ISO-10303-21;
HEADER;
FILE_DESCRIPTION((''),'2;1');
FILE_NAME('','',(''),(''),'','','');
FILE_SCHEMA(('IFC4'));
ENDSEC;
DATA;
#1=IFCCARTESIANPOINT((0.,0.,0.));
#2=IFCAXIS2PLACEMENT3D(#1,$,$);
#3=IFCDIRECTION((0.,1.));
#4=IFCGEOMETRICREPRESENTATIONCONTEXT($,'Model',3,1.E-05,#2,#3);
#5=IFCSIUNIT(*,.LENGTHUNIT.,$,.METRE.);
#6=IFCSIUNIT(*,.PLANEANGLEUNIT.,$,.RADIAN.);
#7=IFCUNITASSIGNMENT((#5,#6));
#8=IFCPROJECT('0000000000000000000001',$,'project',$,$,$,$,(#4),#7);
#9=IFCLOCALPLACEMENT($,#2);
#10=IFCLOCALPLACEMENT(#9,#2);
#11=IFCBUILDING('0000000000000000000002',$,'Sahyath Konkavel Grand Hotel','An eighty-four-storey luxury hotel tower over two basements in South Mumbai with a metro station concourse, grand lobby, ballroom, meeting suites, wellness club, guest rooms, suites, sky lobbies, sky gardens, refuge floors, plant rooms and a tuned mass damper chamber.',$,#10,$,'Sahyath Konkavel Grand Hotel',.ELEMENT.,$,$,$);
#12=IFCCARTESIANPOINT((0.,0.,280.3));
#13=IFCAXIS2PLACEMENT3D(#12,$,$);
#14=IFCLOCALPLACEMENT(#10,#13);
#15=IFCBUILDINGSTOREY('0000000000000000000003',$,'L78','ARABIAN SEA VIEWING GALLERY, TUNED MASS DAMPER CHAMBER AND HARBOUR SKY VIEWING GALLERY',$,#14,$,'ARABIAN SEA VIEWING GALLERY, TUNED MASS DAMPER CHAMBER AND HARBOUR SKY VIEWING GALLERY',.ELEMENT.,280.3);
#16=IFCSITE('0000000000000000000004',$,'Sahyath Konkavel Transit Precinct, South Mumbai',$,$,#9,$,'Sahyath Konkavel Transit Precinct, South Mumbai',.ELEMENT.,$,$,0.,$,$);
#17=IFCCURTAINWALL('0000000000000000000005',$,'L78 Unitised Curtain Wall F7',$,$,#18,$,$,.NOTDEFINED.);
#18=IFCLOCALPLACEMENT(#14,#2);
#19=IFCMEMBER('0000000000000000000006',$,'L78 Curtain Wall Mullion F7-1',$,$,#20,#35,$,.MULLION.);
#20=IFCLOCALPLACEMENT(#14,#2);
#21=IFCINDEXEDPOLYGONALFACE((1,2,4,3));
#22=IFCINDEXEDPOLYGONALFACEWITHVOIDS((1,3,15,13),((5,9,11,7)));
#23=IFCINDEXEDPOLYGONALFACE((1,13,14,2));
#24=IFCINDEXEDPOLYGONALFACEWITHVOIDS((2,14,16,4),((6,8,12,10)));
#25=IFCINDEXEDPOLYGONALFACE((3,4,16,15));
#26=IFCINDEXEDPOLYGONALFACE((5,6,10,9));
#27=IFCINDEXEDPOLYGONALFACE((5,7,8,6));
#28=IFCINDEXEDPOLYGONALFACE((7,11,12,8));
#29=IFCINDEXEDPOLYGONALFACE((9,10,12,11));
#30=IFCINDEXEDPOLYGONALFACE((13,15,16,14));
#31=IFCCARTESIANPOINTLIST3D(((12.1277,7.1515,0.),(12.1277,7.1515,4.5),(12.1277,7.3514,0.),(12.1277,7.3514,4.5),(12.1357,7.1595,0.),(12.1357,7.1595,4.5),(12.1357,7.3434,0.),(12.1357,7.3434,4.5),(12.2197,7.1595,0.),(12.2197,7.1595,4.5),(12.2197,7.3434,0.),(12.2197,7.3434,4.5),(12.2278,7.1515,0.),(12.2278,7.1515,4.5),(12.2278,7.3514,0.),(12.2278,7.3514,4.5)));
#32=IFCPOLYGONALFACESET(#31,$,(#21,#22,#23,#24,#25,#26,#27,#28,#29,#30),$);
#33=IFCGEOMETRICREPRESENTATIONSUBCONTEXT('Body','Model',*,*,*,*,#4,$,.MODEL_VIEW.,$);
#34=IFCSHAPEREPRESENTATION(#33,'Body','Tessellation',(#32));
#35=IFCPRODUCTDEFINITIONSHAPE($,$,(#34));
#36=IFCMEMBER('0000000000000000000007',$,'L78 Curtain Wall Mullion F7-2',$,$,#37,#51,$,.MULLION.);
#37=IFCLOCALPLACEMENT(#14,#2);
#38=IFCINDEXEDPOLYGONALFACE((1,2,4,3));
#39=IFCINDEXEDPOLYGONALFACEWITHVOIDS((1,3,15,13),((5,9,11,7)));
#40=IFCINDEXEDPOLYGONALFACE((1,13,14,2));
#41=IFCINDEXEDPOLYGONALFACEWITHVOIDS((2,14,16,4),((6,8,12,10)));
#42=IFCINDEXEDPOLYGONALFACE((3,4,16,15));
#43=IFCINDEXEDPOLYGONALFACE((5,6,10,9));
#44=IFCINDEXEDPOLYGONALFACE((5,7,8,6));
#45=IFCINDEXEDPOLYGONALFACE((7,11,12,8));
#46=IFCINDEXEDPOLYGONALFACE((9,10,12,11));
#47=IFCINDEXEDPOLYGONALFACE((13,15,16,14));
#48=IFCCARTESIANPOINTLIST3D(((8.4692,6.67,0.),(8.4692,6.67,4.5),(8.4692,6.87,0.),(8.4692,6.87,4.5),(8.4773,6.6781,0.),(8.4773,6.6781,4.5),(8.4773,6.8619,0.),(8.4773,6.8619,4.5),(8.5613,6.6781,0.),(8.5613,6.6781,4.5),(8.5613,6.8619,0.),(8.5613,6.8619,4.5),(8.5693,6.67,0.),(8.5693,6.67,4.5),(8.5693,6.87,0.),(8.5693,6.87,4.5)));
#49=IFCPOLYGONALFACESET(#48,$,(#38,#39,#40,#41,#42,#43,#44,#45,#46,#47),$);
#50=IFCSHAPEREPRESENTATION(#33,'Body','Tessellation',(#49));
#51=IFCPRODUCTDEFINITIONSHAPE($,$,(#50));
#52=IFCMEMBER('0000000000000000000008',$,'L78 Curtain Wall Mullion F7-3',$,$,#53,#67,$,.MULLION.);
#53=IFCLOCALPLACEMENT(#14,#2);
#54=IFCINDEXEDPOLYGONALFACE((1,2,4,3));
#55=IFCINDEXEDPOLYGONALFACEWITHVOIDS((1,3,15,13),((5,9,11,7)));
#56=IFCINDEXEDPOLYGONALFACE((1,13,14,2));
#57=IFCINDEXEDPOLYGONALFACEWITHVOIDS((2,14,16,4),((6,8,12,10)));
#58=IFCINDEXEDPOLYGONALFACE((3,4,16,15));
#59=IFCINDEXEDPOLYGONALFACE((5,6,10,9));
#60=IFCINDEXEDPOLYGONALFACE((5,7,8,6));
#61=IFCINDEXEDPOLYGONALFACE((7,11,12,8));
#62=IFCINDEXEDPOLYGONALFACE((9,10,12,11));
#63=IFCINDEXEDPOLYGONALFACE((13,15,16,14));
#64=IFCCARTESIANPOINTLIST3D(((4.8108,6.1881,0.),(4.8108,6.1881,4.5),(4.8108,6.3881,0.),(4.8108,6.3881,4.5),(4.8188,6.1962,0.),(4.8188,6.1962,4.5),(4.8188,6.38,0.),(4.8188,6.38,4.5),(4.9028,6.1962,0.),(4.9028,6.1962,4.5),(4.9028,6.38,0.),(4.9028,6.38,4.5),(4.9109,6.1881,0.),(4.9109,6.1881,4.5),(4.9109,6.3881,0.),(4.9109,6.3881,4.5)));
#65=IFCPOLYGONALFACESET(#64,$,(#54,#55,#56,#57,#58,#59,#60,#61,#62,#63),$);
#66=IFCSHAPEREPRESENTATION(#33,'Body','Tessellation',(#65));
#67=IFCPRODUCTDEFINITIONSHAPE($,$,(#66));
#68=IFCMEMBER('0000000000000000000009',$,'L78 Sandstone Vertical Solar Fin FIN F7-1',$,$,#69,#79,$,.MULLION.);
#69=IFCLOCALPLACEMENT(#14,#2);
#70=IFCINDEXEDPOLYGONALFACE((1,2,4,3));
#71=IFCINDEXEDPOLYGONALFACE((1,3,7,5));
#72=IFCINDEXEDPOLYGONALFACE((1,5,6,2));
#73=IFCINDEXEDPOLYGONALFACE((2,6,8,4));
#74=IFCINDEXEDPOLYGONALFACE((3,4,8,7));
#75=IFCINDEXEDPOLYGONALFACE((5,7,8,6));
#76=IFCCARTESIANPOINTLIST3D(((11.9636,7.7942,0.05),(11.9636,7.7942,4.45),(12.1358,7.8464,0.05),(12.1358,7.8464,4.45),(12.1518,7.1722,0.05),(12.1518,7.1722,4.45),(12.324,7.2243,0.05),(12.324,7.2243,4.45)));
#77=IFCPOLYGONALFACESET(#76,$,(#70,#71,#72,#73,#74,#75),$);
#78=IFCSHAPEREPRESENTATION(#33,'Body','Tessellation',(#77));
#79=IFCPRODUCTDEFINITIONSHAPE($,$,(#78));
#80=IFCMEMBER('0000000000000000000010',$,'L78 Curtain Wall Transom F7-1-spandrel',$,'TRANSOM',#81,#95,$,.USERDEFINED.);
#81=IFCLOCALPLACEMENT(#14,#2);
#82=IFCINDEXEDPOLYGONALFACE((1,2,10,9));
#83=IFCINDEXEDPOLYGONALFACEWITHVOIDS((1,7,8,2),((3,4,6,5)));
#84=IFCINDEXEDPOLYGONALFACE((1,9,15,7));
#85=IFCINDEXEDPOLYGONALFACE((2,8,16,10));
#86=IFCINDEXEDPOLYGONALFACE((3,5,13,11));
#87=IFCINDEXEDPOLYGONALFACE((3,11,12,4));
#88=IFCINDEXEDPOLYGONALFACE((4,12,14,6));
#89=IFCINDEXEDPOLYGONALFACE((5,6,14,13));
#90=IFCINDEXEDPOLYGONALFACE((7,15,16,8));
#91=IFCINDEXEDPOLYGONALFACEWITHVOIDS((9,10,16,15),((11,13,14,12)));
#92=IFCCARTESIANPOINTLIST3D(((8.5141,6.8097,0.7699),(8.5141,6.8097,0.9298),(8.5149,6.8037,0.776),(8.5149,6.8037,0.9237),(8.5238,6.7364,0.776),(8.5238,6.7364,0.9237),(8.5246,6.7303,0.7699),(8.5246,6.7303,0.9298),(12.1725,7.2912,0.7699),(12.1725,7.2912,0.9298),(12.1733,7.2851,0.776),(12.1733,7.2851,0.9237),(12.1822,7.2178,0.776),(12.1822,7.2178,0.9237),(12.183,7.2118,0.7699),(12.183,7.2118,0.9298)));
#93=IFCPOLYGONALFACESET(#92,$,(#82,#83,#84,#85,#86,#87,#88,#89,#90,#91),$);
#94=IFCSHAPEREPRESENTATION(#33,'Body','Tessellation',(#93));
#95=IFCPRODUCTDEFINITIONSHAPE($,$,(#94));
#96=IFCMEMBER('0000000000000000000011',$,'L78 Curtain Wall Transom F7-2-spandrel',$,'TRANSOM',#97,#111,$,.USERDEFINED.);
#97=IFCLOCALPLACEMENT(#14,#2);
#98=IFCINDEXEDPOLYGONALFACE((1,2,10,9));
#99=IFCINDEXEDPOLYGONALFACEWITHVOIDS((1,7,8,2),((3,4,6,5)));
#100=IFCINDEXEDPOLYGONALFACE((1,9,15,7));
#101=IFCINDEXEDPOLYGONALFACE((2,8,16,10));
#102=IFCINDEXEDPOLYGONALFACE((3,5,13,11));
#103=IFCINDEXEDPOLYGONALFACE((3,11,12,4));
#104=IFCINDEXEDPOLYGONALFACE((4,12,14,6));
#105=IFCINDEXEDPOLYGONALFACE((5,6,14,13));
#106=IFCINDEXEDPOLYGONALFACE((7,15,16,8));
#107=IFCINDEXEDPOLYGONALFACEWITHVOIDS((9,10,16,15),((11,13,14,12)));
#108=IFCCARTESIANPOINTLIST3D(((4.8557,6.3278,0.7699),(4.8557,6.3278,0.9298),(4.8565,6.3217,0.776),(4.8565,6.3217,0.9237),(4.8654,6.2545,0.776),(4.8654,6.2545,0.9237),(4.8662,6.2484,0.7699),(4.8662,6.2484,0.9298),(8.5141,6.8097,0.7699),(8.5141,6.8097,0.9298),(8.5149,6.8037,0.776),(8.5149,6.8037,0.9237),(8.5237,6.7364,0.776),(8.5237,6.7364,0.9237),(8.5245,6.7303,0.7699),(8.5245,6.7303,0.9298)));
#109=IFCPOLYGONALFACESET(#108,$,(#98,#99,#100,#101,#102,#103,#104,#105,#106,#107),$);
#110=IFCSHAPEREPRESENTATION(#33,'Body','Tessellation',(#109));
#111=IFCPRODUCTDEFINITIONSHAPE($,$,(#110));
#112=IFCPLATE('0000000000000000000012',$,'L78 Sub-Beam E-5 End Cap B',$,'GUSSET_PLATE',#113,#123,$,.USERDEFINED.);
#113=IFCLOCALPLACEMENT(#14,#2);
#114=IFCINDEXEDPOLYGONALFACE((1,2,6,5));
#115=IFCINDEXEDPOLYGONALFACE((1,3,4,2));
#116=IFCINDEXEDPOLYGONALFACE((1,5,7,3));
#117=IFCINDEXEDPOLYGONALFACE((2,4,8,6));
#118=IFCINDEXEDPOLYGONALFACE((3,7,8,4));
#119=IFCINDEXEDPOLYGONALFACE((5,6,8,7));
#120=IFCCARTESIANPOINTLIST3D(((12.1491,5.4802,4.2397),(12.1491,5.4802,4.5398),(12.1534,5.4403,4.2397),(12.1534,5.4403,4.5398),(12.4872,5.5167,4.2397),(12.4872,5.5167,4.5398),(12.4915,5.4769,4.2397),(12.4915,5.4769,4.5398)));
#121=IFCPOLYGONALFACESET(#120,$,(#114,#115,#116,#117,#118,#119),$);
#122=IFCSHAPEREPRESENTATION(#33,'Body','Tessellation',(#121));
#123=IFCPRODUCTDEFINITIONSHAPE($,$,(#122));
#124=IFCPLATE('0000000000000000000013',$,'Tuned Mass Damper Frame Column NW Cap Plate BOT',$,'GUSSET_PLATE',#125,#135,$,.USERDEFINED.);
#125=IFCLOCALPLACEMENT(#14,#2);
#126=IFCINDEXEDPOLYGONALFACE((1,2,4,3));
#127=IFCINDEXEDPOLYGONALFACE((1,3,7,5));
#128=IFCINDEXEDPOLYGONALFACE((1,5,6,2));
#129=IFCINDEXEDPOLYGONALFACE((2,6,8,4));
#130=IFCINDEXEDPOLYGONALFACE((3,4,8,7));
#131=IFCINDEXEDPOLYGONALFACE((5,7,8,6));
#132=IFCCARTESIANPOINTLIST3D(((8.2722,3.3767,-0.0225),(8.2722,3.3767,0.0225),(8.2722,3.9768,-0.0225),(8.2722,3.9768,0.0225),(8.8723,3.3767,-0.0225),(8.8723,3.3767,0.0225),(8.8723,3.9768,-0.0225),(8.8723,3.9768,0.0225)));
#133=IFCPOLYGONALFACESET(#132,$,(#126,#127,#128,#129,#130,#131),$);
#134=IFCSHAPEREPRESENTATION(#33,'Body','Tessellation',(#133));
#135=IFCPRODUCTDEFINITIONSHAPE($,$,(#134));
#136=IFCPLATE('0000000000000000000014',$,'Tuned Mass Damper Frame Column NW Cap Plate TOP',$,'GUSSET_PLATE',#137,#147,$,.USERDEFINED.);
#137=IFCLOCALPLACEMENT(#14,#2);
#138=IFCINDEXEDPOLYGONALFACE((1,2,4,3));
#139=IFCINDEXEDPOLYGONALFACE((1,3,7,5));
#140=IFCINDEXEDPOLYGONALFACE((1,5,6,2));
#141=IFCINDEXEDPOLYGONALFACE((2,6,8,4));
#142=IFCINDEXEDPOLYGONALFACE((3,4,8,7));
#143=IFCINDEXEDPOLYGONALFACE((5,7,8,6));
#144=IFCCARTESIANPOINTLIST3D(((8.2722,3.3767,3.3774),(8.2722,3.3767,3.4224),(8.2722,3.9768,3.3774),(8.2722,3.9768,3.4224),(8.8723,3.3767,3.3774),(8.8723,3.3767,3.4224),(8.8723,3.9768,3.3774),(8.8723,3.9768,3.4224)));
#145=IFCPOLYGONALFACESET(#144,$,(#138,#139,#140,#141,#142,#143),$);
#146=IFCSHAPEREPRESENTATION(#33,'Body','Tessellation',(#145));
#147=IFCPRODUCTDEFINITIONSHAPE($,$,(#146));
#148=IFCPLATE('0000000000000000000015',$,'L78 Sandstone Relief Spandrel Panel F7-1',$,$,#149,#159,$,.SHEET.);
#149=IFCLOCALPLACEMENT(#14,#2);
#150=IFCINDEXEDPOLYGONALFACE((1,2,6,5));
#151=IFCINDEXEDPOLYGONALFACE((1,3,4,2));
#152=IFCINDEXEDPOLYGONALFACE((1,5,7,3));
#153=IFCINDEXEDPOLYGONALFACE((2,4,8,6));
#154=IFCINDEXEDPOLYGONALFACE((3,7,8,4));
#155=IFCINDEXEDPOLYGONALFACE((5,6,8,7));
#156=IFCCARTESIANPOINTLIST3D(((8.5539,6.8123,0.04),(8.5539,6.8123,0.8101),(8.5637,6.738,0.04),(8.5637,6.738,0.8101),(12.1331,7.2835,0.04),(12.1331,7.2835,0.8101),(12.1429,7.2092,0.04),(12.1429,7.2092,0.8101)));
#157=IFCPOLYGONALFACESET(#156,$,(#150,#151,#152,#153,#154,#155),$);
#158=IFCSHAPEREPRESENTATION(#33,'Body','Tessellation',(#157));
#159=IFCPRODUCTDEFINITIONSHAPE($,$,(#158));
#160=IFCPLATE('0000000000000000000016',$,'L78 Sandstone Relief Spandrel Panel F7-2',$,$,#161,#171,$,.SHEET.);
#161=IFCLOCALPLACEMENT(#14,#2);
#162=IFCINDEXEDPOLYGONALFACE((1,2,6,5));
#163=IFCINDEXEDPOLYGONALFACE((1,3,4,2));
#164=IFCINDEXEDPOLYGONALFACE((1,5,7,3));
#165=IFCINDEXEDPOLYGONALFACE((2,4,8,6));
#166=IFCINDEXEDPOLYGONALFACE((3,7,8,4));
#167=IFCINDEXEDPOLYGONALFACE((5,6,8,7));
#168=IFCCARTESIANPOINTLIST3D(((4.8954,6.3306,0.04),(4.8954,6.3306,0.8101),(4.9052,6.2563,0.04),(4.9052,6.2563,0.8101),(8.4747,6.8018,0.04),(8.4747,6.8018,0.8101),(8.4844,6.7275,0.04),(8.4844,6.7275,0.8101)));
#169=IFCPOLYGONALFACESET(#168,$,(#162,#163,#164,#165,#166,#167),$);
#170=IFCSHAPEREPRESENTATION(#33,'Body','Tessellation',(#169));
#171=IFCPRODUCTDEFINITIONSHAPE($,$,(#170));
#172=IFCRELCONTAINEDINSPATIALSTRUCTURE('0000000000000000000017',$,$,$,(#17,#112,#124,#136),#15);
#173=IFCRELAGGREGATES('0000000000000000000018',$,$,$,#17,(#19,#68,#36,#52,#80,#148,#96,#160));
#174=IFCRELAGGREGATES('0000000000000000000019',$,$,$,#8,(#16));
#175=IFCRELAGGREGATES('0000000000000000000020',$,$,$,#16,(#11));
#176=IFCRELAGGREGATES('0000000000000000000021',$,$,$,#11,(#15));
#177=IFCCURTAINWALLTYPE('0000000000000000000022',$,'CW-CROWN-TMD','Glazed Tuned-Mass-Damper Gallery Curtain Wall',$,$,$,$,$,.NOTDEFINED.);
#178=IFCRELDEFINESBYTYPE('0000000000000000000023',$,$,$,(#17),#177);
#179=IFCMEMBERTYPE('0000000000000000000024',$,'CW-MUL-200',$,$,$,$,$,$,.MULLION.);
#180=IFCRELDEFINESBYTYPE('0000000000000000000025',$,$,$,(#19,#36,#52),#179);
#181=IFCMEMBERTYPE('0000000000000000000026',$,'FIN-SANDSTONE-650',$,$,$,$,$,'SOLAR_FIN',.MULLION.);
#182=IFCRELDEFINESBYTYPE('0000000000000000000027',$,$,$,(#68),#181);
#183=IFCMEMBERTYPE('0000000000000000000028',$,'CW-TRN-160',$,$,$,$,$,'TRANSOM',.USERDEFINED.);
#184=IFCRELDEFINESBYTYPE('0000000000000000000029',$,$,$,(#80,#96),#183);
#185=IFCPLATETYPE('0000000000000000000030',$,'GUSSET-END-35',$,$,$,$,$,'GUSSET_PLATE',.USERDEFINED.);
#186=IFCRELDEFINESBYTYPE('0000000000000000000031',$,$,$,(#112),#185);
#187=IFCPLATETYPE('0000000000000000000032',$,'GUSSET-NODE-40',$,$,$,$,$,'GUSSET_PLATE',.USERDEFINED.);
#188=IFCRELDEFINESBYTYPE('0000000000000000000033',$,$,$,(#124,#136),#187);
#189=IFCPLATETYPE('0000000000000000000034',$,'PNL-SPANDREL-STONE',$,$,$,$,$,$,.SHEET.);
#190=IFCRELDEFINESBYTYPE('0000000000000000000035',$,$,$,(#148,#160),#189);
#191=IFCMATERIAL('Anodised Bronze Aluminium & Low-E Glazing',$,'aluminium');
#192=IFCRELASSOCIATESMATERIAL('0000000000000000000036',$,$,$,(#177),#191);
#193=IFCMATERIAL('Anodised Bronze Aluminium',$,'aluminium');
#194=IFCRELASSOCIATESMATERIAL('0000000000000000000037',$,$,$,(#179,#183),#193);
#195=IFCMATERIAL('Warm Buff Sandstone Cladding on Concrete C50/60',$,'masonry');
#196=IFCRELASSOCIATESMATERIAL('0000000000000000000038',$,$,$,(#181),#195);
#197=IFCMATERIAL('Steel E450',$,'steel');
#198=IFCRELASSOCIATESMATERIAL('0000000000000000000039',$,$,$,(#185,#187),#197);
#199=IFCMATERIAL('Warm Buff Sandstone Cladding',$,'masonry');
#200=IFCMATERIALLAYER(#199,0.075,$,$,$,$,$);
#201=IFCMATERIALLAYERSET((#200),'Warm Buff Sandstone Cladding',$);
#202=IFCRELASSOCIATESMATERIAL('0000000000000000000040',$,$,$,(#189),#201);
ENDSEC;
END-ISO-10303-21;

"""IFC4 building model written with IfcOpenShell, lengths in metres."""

from ifc_helpers import new_model, si_unit, direction, frame, origin, origin_2d, place, context, subcontext, project, spatial, rectangle, hollow_rectangle, extrude, source, transform, mapped, material, layer, layer_set, material_profile, profile_set, type_object, element, aggregate, save


model = new_model("IFC4")

# Units and contexts
model_context = context("Model", 3, precision=1e-05, world=origin(), true_north=direction((0.0, 1.0)))
body_context = subcontext(model_context, "Body", "Model", "MODEL_VIEW")
ifc_project = project(units=[si_unit("LENGTHUNIT", "METRE"), si_unit("PLANEANGLEUNIT", "RADIAN")], contexts=[model_context])

# Site, building, storey
site_placement = place(None, origin())
site = spatial("IfcSite", under=ifc_project, at=site_placement, Name="Sahyath Konkavel Transit Precinct, South Mumbai", LongName="Sahyath Konkavel Transit Precinct, South Mumbai", CompositionType="ELEMENT", RefElevation=0.0)
building_placement = place(site_placement, origin())
building = spatial("IfcBuilding", under=site, at=building_placement, Name="Sahyath Konkavel Grand Hotel", Description="An eighty-four-storey luxury hotel tower over two basements in South Mumbai with a metro station concourse, grand lobby, ballroom, meeting suites, wellness club, guest rooms, suites, sky lobbies, sky gardens, refuge floors, plant rooms and a tuned mass damper chamber.", LongName="Sahyath Konkavel Grand Hotel", CompositionType="ELEMENT")
storey_placement = place(building_placement, frame((0.0, 0.0, 280.3)))
storey = spatial("IfcBuildingStorey", under=building, at=storey_placement, Name="L78", Description="ARABIAN SEA VIEWING GALLERY, TUNED MASS DAMPER CHAMBER AND HARBOUR SKY VIEWING GALLERY", LongName="ARABIAN SEA VIEWING GALLERY, TUNED MASS DAMPER CHAMBER AND HARBOUR SKY VIEWING GALLERY", CompositionType="ELEMENT", Elevation=280.3)

# Curtain wall, members
ifc_material_1 = material(Name="Anodised Bronze Aluminium & Low-E Glazing", Category="aluminium")
curtain_wall_type = type_object("IfcCurtainWallType", Name="CW-CROWN-TMD", Description="Glazed Tuned-Mass-Damper Gallery Curtain Wall", PredefinedType="NOTDEFINED", material=ifc_material_1)
curtain_wall_placement = place(storey_placement, origin())
curtain_wall = element("IfcCurtainWall", 1, at=curtain_wall_placement, inside=storey, type_object=curtain_wall_type, Name="L78 Unitised Curtain Wall F7", PredefinedType="NOTDEFINED")
ifc_material_2 = material(Name="Anodised Bronze Aluminium", Category="aluminium")
ifc_material_profile_1 = material_profile(ifc_material_2, hollow_rectangle(XDim=0.1001, YDim=0.2, WallThickness=0.0081, at=origin_2d()), Name="RHS 200x100x8")
ifc_profile_set_1 = profile_set([ifc_material_profile_1], Name="Anodised Bronze Aluminium")
member_type_1 = type_object("IfcMemberType", Name="CW-MUL-200", PredefinedType="MULLION", material=ifc_profile_set_1)
shared_shape_1 = source(origin(), body_context, "Body", "SweptSolid", [
    extrude(hollow_rectangle(XDim=0.1001, YDim=0.2, WallThickness=0.0081, at=origin_2d()), origin(), (0.0, 0.0, 1.0), 4.5),
])
member_1_placement = place(storey_placement, frame((12.1777, 7.2515, 0.0), z_axis=(0.0, 0.0, 1.0), x_axis=(1.0, 0.0, 0.0)))
member_1 = element("IfcMember", 2, at=member_1_placement, type_object=member_type_1, Name="L78 Curtain Wall Mullion F7-1", PredefinedType="MULLION", context=body_context, shape_type="MappedRepresentation", body=[
    mapped(shared_shape_1, transform((0.0, 0.0, 0.0), scale=1.0)),
])
member_2_placement = place(storey_placement, frame((8.5193, 6.77, 0.0), z_axis=(0.0, 0.0, 1.0), x_axis=(1.0, 0.0, 0.0)))
member_2 = element("IfcMember", 3, at=member_2_placement, type_object=member_type_1, Name="L78 Curtain Wall Mullion F7-2", PredefinedType="MULLION", context=body_context, shape_type="MappedRepresentation", body=[
    mapped(shared_shape_1, transform((0.0, 0.0, 0.0), scale=1.0)),
])
member_3_placement = place(storey_placement, frame((4.8608, 6.2881, 0.0), z_axis=(0.0, 0.0, 1.0), x_axis=(1.0, 0.0, 0.0)))
member_3 = element("IfcMember", 4, at=member_3_placement, type_object=member_type_1, Name="L78 Curtain Wall Mullion F7-3", PredefinedType="MULLION", context=body_context, shape_type="MappedRepresentation", body=[
    mapped(shared_shape_1, transform((0.0, 0.0, 0.0), scale=1.0)),
])
ifc_material_3 = material(Name="Warm Buff Sandstone Cladding on Concrete C50/60", Category="masonry")
ifc_material_profile_2 = material_profile(ifc_material_3, rectangle(XDim=0.1799, YDim=0.6499, at=origin_2d()), Name="FIN 180x650")
ifc_profile_set_2 = profile_set([ifc_material_profile_2], Name="Warm Buff Sandstone Cladding on Concrete C50/60")
member_type_2 = type_object("IfcMemberType", Name="FIN-SANDSTONE-650", ElementType="SOLAR_FIN", PredefinedType="MULLION", material=ifc_profile_set_2)
shared_shape_2 = source(origin(), body_context, "Body", "SweptSolid", [
    extrude(rectangle(XDim=0.1799, YDim=0.6499, at=origin_2d()), origin(), (0.0, 0.0, 1.0), 4.3999),
])
member_4_placement = place(storey_placement, frame((12.1438, 7.5093, 0.05), z_axis=(0.0, 0.0, 1.0), x_axis=(0.957117, 0.2897, 0.0)))
member_4 = element("IfcMember", 5, at=member_4_placement, type_object=member_type_2, Name="L78 Sandstone Vertical Solar Fin FIN F7-1", PredefinedType="MULLION", context=body_context, shape_type="MappedRepresentation", body=[
    mapped(shared_shape_2, transform((0.0, 0.0, 0.0), scale=1.0)),
])
ifc_material_profile_3 = material_profile(ifc_material_2, hollow_rectangle(XDim=0.0801, YDim=0.1599, WallThickness=0.0061, at=origin_2d()), Name="RHS 160x80x6")
ifc_profile_set_3 = profile_set([ifc_material_profile_3], Name="Anodised Bronze Aluminium")
member_type_3 = type_object("IfcMemberType", Name="CW-TRN-160", ElementType="TRANSOM", PredefinedType="USERDEFINED", material=ifc_profile_set_3)
shared_shape_3 = source(origin(), body_context, "Body", "SweptSolid", [
    extrude(hollow_rectangle(XDim=0.0801, YDim=0.1599, WallThickness=0.0061, at=origin_2d()), origin(), (0.0, 0.0, 1.0), 3.6899),
])
member_5_placement = place(storey_placement, frame((12.1777, 7.2515, 0.8499), z_axis=(-0.991452, -0.130473, 0.0), x_axis=(0.130473, -0.991452, 0.0)))
member_5 = element("IfcMember", 6, at=member_5_placement, type_object=member_type_3, Name="L78 Curtain Wall Transom F7-1-spandrel", ObjectType="TRANSOM", PredefinedType="USERDEFINED", context=body_context, shape_type="MappedRepresentation", body=[
    mapped(shared_shape_3, transform((0.0, 0.0, 0.0), scale=1.0)),
])
member_6_placement = place(storey_placement, frame((8.5193, 6.77, 0.8499), z_axis=(-0.991435, -0.130603, 0.0), x_axis=(0.130603, -0.991435, 0.0)))
member_6 = element("IfcMember", 7, at=member_6_placement, type_object=member_type_3, Name="L78 Curtain Wall Transom F7-2-spandrel", ObjectType="TRANSOM", PredefinedType="USERDEFINED", context=body_context, shape_type="MappedRepresentation", body=[
    mapped(shared_shape_3, transform((0.0, 0.0, 0.0), scale=1.0)),
])

# Plates
ifc_material_4 = material(Name="Steel E450", Category="steel")
plate_type_1 = type_object("IfcPlateType", Name="GUSSET-END-35", ElementType="GUSSET_PLATE", PredefinedType="USERDEFINED", material=ifc_material_4)
shared_shape_4 = source(origin(), body_context, "Body", "SweptSolid", [
    extrude(rectangle(XDim=0.04, YDim=0.3401, at=origin_2d()), origin(), (0.0, 0.0, 1.0), 0.3),
])
plate_1_placement = place(storey_placement, frame((12.3203, 5.4785, 4.2397), z_axis=(0.0, 0.0, 1.0), x_axis=(-0.107427, 0.994213, 0.0)))
element("IfcPlate", 8, at=plate_1_placement, inside=storey, type_object=plate_type_1, Name="L78 Sub-Beam E-5 End Cap B", ObjectType="GUSSET_PLATE", PredefinedType="USERDEFINED", context=body_context, shape_type="MappedRepresentation", body=[
    mapped(shared_shape_4, transform((0.0, 0.0, 0.0), scale=1.0)),
])
plate_type_2 = type_object("IfcPlateType", Name="GUSSET-NODE-40", ElementType="GUSSET_PLATE", PredefinedType="USERDEFINED", material=ifc_material_4)
shared_shape_5 = source(origin(), body_context, "Body", "SweptSolid", [
    extrude(rectangle(XDim=0.6001, YDim=0.6001, at=origin_2d()), origin(), (0.0, 0.0, 1.0), 0.0449),
])
for number, where, z_axis, x_axis, name in (
    (9, (8.5723, 3.6768, -0.0225), (0.0, 0.0, 1.0), (1.0, 0.0, 0.0), "Tuned Mass Damper Frame Column NW Cap Plate BOT"),
    (10, (8.5723, 3.6768, 3.3774), (0.0, 0.0, 1.0), (1.0, 0.0, 0.0), "Tuned Mass Damper Frame Column NW Cap Plate TOP"),
):
    element("IfcPlate", number, at=place(storey_placement, frame(where, z_axis=z_axis, x_axis=x_axis)), inside=storey, type_object=plate_type_2, Name=name, ObjectType="GUSSET_PLATE", PredefinedType="USERDEFINED", context=body_context, shape_type="MappedRepresentation", body=[
        mapped(shared_shape_5, transform((0.0, 0.0, 0.0), scale=1.0)),
    ])

# Plates
ifc_material_5 = material(Name="Warm Buff Sandstone Cladding", Category="masonry")
ifc_layer_1 = layer(ifc_material_5, 0.075)
ifc_layer_set_1 = layer_set([ifc_layer_1], Name="Warm Buff Sandstone Cladding")
plate_type_3 = type_object("IfcPlateType", Name="PNL-SPANDREL-STONE", PredefinedType="SHEET", material=ifc_layer_set_1)
shared_shape_6 = source(origin(), body_context, "Body", "SweptSolid", [
    extrude(rectangle(XDim=3.6101, YDim=0.075, at=origin_2d()), origin(), (0.0, 0.0, 1.0), 0.77),
])
plate_2_placement = place(storey_placement, frame((10.3484, 7.0107, 0.04), z_axis=(0.0, 0.0, 1.0), x_axis=(-0.991445, -0.130526, 0.0)))
plate_2 = element("IfcPlate", 11, at=plate_2_placement, type_object=plate_type_3, Name="L78 Sandstone Relief Spandrel Panel F7-1", PredefinedType="SHEET", context=body_context, shape_type="MappedRepresentation", body=[
    mapped(shared_shape_6, transform((0.0, 0.0, 0.0), scale=1.0)),
])
plate_3_placement = place(storey_placement, frame((6.6899, 6.5291, 0.04), z_axis=(0.0, 0.0, 1.0), x_axis=(-0.991445, -0.130526, 0.0)))
plate_3 = element("IfcPlate", 12, at=plate_3_placement, type_object=plate_type_3, Name="L78 Sandstone Relief Spandrel Panel F7-2", PredefinedType="SHEET", context=body_context, shape_type="MappedRepresentation", body=[
    mapped(shared_shape_6, transform((0.0, 0.0, 0.0), scale=1.0)),
])
aggregate(curtain_wall, [member_1, member_4, member_2, member_3, member_5, plate_2, member_6, plate_3])

save(model, "model.ifc")
